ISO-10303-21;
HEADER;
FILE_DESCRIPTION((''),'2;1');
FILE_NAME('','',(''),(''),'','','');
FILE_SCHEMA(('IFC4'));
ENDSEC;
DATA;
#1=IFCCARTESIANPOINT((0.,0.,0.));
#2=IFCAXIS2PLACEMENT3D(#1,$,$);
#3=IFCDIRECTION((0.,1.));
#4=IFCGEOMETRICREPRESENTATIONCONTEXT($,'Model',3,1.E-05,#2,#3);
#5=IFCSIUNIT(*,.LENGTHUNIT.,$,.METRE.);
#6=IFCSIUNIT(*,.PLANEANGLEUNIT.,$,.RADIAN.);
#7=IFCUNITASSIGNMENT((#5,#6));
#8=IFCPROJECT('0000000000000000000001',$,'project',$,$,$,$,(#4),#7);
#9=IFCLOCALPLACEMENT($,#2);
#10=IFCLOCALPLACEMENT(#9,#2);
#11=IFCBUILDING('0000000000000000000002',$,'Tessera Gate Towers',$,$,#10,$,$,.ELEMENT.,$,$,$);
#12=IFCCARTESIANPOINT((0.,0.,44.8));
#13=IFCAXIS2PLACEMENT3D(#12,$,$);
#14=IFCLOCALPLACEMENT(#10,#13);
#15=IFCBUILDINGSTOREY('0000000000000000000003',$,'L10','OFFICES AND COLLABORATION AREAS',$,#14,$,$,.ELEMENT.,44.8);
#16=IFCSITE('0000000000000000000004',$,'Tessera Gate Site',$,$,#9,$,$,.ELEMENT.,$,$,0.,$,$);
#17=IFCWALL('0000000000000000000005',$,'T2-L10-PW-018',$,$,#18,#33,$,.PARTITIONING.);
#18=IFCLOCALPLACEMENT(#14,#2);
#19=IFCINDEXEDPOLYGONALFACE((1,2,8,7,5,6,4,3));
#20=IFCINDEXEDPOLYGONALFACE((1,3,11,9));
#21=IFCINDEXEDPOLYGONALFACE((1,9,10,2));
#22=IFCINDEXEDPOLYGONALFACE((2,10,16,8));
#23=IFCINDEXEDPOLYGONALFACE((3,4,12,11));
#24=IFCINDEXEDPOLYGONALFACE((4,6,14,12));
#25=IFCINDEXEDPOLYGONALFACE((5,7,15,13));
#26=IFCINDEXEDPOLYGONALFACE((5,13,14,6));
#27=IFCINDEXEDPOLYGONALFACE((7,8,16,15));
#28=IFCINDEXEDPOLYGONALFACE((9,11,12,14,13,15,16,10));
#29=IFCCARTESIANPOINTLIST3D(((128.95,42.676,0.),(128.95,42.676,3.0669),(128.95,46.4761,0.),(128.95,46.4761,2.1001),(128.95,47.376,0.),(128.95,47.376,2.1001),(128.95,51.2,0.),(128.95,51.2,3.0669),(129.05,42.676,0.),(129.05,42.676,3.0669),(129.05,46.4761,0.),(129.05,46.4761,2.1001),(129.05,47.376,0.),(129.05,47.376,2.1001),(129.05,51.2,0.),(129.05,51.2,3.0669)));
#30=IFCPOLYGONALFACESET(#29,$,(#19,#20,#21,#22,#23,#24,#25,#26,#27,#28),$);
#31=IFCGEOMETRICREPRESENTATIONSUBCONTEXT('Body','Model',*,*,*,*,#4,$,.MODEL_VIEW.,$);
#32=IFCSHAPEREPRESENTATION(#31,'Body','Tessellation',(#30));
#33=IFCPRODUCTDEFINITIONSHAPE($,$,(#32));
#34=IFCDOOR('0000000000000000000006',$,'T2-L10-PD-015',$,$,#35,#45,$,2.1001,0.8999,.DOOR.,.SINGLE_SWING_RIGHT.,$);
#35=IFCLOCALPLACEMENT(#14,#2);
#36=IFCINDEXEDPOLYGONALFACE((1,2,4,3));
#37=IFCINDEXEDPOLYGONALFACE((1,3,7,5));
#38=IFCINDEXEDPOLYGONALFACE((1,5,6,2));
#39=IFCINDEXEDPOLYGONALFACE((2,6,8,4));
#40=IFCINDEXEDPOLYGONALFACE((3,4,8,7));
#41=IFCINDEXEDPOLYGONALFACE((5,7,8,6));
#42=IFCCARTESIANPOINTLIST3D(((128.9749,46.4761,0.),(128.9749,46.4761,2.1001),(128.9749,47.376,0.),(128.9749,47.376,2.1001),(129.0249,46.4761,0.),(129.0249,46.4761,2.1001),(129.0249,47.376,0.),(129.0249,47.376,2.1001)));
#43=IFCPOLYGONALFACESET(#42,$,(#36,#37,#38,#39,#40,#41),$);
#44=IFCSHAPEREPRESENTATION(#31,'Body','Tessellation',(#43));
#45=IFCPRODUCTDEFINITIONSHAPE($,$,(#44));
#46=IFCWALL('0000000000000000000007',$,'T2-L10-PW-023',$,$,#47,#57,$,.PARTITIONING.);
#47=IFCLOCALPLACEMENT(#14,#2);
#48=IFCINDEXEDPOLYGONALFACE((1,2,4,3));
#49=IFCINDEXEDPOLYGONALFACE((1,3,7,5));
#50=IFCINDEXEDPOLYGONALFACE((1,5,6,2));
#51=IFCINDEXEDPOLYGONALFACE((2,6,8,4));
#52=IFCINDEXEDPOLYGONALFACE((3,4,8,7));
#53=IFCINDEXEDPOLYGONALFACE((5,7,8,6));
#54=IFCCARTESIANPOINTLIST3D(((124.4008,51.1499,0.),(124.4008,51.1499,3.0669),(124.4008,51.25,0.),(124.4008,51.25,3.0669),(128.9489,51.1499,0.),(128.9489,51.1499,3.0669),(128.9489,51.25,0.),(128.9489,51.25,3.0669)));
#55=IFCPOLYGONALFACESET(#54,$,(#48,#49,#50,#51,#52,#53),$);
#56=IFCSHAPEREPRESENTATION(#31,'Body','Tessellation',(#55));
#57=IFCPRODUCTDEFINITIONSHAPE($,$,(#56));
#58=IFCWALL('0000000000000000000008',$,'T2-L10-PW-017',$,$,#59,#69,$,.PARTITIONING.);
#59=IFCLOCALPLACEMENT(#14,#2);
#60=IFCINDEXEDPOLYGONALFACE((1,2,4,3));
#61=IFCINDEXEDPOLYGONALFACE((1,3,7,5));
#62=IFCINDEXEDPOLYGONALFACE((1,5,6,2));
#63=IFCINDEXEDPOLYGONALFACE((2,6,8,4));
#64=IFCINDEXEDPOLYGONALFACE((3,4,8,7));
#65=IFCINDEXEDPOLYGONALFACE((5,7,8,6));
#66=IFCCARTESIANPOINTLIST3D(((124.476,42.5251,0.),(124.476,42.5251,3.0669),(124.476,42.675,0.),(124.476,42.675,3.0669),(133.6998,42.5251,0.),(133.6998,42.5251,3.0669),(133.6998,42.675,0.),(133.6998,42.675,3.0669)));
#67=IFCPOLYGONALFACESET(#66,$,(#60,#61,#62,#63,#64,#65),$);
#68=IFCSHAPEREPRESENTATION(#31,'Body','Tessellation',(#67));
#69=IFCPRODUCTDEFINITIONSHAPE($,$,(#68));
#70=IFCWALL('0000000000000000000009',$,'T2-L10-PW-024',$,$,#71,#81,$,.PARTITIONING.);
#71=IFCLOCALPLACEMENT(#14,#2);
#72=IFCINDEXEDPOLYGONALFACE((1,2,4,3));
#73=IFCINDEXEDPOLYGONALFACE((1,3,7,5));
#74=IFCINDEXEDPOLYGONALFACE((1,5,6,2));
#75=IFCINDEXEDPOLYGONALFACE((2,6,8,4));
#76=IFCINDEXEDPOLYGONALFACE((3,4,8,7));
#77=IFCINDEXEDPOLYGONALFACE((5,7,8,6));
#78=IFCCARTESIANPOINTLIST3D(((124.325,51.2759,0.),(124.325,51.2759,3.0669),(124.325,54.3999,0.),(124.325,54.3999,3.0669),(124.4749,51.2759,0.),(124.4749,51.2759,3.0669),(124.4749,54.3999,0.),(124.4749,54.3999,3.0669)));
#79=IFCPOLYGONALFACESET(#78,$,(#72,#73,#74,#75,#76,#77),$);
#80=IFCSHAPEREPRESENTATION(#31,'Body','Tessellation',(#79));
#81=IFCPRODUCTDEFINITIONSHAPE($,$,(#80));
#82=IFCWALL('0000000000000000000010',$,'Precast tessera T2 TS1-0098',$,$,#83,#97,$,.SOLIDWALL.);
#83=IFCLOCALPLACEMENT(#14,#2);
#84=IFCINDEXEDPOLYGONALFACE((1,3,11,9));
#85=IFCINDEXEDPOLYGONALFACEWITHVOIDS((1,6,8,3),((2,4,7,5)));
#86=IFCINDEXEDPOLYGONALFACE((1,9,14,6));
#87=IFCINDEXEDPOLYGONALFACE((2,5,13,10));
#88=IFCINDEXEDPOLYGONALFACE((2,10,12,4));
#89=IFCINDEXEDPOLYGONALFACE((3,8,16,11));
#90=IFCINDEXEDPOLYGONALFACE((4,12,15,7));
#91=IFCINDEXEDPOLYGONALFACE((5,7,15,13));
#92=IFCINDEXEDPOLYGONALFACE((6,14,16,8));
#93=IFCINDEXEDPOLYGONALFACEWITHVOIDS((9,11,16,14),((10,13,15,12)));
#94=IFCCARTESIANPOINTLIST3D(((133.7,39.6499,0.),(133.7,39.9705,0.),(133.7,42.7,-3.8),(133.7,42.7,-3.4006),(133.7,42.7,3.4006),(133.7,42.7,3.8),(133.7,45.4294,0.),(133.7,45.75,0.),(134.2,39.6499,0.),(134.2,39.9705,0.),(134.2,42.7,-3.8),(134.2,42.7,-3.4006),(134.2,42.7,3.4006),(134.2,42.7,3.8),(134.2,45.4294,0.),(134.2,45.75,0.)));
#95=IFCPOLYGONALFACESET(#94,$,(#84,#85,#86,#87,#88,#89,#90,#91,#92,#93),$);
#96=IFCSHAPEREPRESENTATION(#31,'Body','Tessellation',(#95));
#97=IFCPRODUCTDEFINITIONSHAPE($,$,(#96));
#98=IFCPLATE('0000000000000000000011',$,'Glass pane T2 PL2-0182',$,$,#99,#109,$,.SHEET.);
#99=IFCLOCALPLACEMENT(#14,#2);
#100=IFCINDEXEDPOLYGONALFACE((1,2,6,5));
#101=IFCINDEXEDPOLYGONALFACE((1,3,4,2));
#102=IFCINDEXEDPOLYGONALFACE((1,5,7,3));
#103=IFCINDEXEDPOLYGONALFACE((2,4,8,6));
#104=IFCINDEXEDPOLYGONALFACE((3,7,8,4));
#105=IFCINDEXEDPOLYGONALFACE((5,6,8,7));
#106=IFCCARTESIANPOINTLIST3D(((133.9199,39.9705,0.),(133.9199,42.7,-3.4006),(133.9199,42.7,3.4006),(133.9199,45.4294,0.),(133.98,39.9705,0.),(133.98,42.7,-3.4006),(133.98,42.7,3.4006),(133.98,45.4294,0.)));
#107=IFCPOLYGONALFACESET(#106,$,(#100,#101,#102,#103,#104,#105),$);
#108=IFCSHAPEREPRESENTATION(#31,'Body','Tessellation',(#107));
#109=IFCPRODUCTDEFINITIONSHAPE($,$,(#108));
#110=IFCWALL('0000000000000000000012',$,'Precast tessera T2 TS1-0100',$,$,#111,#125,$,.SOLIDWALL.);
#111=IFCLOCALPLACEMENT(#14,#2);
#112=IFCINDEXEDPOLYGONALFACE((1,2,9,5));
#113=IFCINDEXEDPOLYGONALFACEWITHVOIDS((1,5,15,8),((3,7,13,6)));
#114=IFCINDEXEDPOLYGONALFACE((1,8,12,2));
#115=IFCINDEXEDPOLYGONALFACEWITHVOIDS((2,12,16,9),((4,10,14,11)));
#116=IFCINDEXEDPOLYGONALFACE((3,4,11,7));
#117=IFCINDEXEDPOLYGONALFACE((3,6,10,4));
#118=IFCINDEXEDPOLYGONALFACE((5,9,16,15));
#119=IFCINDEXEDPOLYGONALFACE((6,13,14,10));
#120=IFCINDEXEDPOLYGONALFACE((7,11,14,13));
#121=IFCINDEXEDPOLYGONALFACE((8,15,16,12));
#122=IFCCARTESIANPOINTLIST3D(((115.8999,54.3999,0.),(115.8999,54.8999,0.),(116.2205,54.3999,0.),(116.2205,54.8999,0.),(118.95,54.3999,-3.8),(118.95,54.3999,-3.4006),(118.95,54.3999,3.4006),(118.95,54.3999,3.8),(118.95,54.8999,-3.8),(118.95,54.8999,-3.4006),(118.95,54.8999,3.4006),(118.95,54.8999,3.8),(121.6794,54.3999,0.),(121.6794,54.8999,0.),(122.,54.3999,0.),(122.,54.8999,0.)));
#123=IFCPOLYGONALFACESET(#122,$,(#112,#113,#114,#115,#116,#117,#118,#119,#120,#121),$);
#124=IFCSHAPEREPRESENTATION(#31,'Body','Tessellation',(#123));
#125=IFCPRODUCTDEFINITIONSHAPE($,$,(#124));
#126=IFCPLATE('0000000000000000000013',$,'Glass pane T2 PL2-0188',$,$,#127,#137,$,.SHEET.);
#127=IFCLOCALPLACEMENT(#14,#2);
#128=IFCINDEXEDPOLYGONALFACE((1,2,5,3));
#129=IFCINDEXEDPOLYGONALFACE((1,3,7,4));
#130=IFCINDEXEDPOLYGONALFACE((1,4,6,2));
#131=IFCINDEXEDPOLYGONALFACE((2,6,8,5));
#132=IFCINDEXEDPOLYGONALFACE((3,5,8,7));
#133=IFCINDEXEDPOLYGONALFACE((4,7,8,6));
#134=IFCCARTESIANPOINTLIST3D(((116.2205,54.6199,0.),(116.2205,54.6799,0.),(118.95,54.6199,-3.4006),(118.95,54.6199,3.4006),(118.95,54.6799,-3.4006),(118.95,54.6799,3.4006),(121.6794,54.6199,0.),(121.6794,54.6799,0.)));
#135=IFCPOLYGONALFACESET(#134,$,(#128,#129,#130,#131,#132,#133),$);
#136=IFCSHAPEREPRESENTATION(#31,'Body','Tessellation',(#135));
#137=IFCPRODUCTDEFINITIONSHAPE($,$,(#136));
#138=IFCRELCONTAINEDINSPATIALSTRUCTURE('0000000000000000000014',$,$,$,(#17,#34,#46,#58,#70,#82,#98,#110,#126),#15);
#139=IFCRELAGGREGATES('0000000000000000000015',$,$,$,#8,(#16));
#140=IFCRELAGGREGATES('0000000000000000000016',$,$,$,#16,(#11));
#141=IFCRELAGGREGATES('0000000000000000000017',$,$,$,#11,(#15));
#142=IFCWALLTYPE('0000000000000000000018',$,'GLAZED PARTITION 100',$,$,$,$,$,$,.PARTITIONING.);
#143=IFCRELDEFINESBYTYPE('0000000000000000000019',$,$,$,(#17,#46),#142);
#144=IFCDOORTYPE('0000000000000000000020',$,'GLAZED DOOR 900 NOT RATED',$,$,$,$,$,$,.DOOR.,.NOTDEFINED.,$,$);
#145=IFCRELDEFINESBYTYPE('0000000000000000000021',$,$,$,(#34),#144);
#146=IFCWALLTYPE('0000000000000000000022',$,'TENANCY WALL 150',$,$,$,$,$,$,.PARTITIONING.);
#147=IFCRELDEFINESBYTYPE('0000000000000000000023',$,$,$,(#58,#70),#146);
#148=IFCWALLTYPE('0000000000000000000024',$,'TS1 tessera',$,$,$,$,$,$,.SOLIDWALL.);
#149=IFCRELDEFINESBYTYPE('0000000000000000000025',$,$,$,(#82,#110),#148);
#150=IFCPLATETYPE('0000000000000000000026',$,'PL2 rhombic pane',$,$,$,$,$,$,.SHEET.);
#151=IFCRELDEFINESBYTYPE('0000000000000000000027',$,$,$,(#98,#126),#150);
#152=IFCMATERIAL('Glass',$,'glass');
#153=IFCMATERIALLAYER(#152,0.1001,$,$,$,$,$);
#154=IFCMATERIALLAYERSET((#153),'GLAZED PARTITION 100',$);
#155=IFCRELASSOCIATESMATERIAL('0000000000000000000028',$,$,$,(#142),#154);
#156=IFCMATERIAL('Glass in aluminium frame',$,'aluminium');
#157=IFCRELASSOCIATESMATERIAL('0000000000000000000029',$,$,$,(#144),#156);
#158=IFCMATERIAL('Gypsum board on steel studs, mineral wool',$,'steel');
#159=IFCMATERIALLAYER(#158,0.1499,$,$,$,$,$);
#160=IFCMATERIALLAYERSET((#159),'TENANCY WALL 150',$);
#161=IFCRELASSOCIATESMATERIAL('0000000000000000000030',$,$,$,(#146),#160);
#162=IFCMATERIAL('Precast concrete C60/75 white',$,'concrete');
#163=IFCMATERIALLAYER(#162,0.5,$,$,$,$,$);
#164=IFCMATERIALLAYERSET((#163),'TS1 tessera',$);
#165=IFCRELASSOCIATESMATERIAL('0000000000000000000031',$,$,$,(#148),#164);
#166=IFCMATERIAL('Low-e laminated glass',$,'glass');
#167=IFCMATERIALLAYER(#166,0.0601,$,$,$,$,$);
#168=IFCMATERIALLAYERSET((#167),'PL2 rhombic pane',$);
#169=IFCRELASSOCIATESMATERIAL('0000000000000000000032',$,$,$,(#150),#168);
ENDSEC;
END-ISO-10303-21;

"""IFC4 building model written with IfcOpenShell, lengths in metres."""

from ifc_helpers import new_model, si_unit, direction, frame, frame_2d, origin, place, context, subcontext, project, spatial, polyline, rectangle, outline, extrude, source, transform, mapped, material, layer, layer_set, type_object, element, fill, save


model = new_model("IFC4")

# Units and contexts
model_context = context("Model", 3, precision=1e-05, world=origin(), true_north=direction((0.0, 1.0)))
body_context = subcontext(model_context, "Body", "Model", "MODEL_VIEW")
ifc_project = project(units=[si_unit("LENGTHUNIT", "METRE"), si_unit("PLANEANGLEUNIT", "RADIAN")], contexts=[model_context])

# Site, building, storey
site_placement = place(None, origin())
site = spatial("IfcSite", under=ifc_project, at=site_placement, Name="Tessera Gate Site", CompositionType="ELEMENT", RefElevation=0.0)
building_placement = place(site_placement, origin())
building = spatial("IfcBuilding", under=site, at=building_placement, Name="Tessera Gate Towers", CompositionType="ELEMENT")
storey_placement = place(building_placement, frame((0.0, 0.0, 44.8)))
storey = spatial("IfcBuildingStorey", under=building, at=storey_placement, Name="L10", Description="OFFICES AND COLLABORATION AREAS", CompositionType="ELEMENT", Elevation=44.8)

# Wall, opening, door
ifc_material_1 = material(Name="Glass", Category="glass")
ifc_layer_1 = layer(ifc_material_1, 0.1001)
ifc_layer_set_1 = layer_set([ifc_layer_1], Name="GLAZED PARTITION 100")
wall_type_1 = type_object("IfcWallType", Name="GLAZED PARTITION 100", PredefinedType="PARTITIONING", material=ifc_layer_set_1)
shared_shape_1 = source(origin(), body_context, "Body", "SweptSolid", [
    extrude(rectangle(XDim=0.8999, YDim=2.1001, at=frame_2d((0.45, 1.05))), frame((0.0, 0.0601, 0.0), z_axis=(0.0, -1.0, 0.0), x_axis=(1.0, 0.0, 0.0)), (0.0, 0.0, 1.0), 0.1201),
])
ifc_material_2 = material(Name="Glass in aluminium frame", Category="aluminium")
door_type_1 = type_object("IfcDoorType", Name="GLAZED DOOR 900 NOT RATED", OperationType="NOTDEFINED", PredefinedType="DOOR", material=ifc_material_2)
shared_shape_2 = source(origin(), body_context, "Body", "SweptSolid", [
    extrude(rectangle(XDim=0.8999, YDim=2.1001, at=frame_2d((0.45, 1.05))), frame((0.0, 0.0249, 0.0), z_axis=(0.0, -1.0, 0.0), x_axis=(1.0, 0.0, 0.0)), (0.0, 0.0, 1.0), 0.05),
])
wall_1_placement = place(storey_placement, frame((129.0, 51.2, 0.0), z_axis=(0.0, 0.0, 1.0), x_axis=(0.0, -1.0, 0.0)))
wall_1 = element("IfcWall", 1, at=wall_1_placement, inside=storey, type_object=wall_type_1, Name="T2-L10-PW-018", PredefinedType="PARTITIONING", context=body_context, shape_type="SweptSolid", body=[
    extrude(rectangle(XDim=8.5239, YDim=0.1001, at=frame_2d((4.262, 0.0))), origin(), (0.0, 0.0, 1.0), 3.0669),
])
opening_1_placement = place(wall_1_placement, frame((3.824, 0.0, 0.0)))
opening_1 = element("IfcOpeningElement", 2, at=opening_1_placement, cuts=wall_1, PredefinedType="OPENING", context=body_context, shape_type="MappedRepresentation", body=[
    mapped(shared_shape_1, transform((0.0, 0.0, 0.0), scale=1.0)),
])
door_1_placement = place(opening_1_placement, origin())
door_1 = element("IfcDoor", 3, at=door_1_placement, inside=storey, type_object=door_type_1, Name="T2-L10-PD-015", OperationType="SINGLE_SWING_RIGHT", OverallHeight=2.1001, OverallWidth=0.8999, PredefinedType="DOOR", context=body_context, shape_type="MappedRepresentation", body=[
    mapped(shared_shape_2, transform((0.0, 0.0, 0.0), scale=1.0)),
])
fill(opening_1, door_1)

# Walls
wall_2_placement = place(storey_placement, frame((124.4009, 51.2, 0.0), z_axis=(0.0, 0.0, 1.0), x_axis=(1.0, 0.0, 0.0)))
element("IfcWall", 4, at=wall_2_placement, inside=storey, type_object=wall_type_1, Name="T2-L10-PW-023", PredefinedType="PARTITIONING", context=body_context, shape_type="SweptSolid", body=[
    extrude(rectangle(XDim=4.5481, YDim=0.1001, at=frame_2d((2.2739, 0.0))), origin(), (0.0, 0.0, 1.0), 3.0669),
])
ifc_material_3 = material(Name="Gypsum board on steel studs, mineral wool", Category="steel")
ifc_layer_2 = layer(ifc_material_3, 0.1499)
ifc_layer_set_2 = layer_set([ifc_layer_2], Name="TENANCY WALL 150")
wall_type_2 = type_object("IfcWallType", Name="TENANCY WALL 150", PredefinedType="PARTITIONING", material=ifc_layer_set_2)
wall_3_placement = place(storey_placement, frame((124.4761, 42.6001, 0.0), z_axis=(0.0, 0.0, 1.0), x_axis=(1.0, 0.0, 0.0)))
element("IfcWall", 5, at=wall_3_placement, inside=storey, type_object=wall_type_2, Name="T2-L10-PW-017", PredefinedType="PARTITIONING", context=body_context, shape_type="SweptSolid", body=[
    extrude(rectangle(XDim=9.2239, YDim=0.1499, at=frame_2d((4.6118, 0.0))), origin(), (0.0, 0.0, 1.0), 3.0669),
])
wall_4_placement = place(storey_placement, frame((124.3999, 51.2759, 0.0), z_axis=(0.0, 0.0, 1.0), x_axis=(0.0, 1.0, 0.0)))
element("IfcWall", 6, at=wall_4_placement, inside=storey, type_object=wall_type_2, Name="T2-L10-PW-024", PredefinedType="PARTITIONING", context=body_context, shape_type="SweptSolid", body=[
    extrude(rectangle(XDim=3.124, YDim=0.1499, at=frame_2d((1.562, 0.0))), origin(), (0.0, 0.0, 1.0), 3.0669),
])

# Walls, openings, plates
ifc_material_4 = material(Name="Precast concrete C60/75 white", Category="concrete")
ifc_layer_3 = layer(ifc_material_4, 0.5)
ifc_layer_set_3 = layer_set([ifc_layer_3], Name="TS1 tessera")
wall_type_3 = type_object("IfcWallType", Name="TS1 tessera", PredefinedType="SOLIDWALL", material=ifc_layer_set_3)
shared_shape_3 = source(origin(), body_context, "Body", "SweptSolid", [
    extrude(outline(polyline([(3.05, 0.0), (6.1001, 3.8), (3.05, 7.6001), (0.0, 3.8), (3.05, 0.0)])), frame((0.0, 0.25, 0.0), z_axis=(0.0, -1.0, 0.0), x_axis=(1.0, 0.0, 0.0)), (0.0, 0.0, 1.0), 0.5),
])
wall_5_placement = place(storey_placement, frame((133.95, 39.6499, -3.8), z_axis=(0.0, 0.0, 1.0), x_axis=(0.0, 1.0, 0.0)))
wall_5 = element("IfcWall", 7, at=wall_5_placement, inside=storey, type_object=wall_type_3, Name="Precast tessera T2 TS1-0098", PredefinedType="SOLIDWALL", context=body_context, shape_type="MappedRepresentation", body=[
    mapped(shared_shape_3, transform((0.0, 0.0, 0.0), scale=1.0)),
])
shared_shape_4 = source(origin(), body_context, "Body", "SweptSolid", [
    extrude(outline(polyline([(3.05, 0.3994), (5.7795, 3.8), (3.05, 7.2007), (0.3206, 3.8), (3.05, 0.3994)])), frame((0.0, 0.26, 0.0), z_axis=(0.0, -1.0, 0.0), x_axis=(1.0, 0.0, 0.0)), (0.0, 0.0, 1.0), 0.52),
])
opening_2_placement = place(wall_5_placement, origin())
opening_2 = element("IfcOpeningElement", 8, at=opening_2_placement, cuts=wall_5, PredefinedType="OPENING", context=body_context, shape_type="MappedRepresentation", body=[
    mapped(shared_shape_4, transform((0.0, 0.0, 0.0), scale=1.0)),
])
ifc_material_5 = material(Name="Low-e laminated glass", Category="glass")
ifc_layer_4 = layer(ifc_material_5, 0.0601)
ifc_layer_set_4 = layer_set([ifc_layer_4], Name="PL2 rhombic pane")
plate_type = type_object("IfcPlateType", Name="PL2 rhombic pane", PredefinedType="SHEET", material=ifc_layer_set_4)
shared_shape_5 = source(origin(), body_context, "Body", "SweptSolid", [
    extrude(outline(polyline([(3.05, 0.3994), (5.7795, 3.8), (3.05, 7.2007), (0.3206, 3.8), (3.05, 0.3994)])), frame((0.0, 0.03, 0.0), z_axis=(0.0, -1.0, 0.0), x_axis=(1.0, 0.0, 0.0)), (0.0, 0.0, 1.0), 0.0601),
])
plate_1_placement = place(opening_2_placement, origin())
plate_1 = element("IfcPlate", 9, at=plate_1_placement, inside=storey, type_object=plate_type, Name="Glass pane T2 PL2-0182", PredefinedType="SHEET", context=body_context, shape_type="MappedRepresentation", body=[
    mapped(shared_shape_5, transform((0.0, 0.0, 0.0), scale=1.0)),
])
fill(opening_2, plate_1)
wall_6_placement = place(storey_placement, frame((122.0, 54.6499, -3.8), z_axis=(0.0, 0.0, 1.0), x_axis=(-1.0, 0.0, 0.0)))
wall_6 = element("IfcWall", 10, at=wall_6_placement, inside=storey, type_object=wall_type_3, Name="Precast tessera T2 TS1-0100", PredefinedType="SOLIDWALL", context=body_context, shape_type="MappedRepresentation", body=[
    mapped(shared_shape_3, transform((0.0, 0.0, 0.0), scale=1.0)),
])
opening_3_placement = place(wall_6_placement, origin())
opening_3 = element("IfcOpeningElement", 11, at=opening_3_placement, cuts=wall_6, PredefinedType="OPENING", context=body_context, shape_type="MappedRepresentation", body=[
    mapped(shared_shape_4, transform((0.0, 0.0, 0.0), scale=1.0)),
])
plate_2_placement = place(opening_3_placement, origin())
plate_2 = element("IfcPlate", 12, at=plate_2_placement, inside=storey, type_object=plate_type, Name="Glass pane T2 PL2-0188", PredefinedType="SHEET", context=body_context, shape_type="MappedRepresentation", body=[
    mapped(shared_shape_5, transform((0.0, 0.0, 0.0), scale=1.0)),
])
fill(opening_3, plate_2)

save(model, "model.ifc")
